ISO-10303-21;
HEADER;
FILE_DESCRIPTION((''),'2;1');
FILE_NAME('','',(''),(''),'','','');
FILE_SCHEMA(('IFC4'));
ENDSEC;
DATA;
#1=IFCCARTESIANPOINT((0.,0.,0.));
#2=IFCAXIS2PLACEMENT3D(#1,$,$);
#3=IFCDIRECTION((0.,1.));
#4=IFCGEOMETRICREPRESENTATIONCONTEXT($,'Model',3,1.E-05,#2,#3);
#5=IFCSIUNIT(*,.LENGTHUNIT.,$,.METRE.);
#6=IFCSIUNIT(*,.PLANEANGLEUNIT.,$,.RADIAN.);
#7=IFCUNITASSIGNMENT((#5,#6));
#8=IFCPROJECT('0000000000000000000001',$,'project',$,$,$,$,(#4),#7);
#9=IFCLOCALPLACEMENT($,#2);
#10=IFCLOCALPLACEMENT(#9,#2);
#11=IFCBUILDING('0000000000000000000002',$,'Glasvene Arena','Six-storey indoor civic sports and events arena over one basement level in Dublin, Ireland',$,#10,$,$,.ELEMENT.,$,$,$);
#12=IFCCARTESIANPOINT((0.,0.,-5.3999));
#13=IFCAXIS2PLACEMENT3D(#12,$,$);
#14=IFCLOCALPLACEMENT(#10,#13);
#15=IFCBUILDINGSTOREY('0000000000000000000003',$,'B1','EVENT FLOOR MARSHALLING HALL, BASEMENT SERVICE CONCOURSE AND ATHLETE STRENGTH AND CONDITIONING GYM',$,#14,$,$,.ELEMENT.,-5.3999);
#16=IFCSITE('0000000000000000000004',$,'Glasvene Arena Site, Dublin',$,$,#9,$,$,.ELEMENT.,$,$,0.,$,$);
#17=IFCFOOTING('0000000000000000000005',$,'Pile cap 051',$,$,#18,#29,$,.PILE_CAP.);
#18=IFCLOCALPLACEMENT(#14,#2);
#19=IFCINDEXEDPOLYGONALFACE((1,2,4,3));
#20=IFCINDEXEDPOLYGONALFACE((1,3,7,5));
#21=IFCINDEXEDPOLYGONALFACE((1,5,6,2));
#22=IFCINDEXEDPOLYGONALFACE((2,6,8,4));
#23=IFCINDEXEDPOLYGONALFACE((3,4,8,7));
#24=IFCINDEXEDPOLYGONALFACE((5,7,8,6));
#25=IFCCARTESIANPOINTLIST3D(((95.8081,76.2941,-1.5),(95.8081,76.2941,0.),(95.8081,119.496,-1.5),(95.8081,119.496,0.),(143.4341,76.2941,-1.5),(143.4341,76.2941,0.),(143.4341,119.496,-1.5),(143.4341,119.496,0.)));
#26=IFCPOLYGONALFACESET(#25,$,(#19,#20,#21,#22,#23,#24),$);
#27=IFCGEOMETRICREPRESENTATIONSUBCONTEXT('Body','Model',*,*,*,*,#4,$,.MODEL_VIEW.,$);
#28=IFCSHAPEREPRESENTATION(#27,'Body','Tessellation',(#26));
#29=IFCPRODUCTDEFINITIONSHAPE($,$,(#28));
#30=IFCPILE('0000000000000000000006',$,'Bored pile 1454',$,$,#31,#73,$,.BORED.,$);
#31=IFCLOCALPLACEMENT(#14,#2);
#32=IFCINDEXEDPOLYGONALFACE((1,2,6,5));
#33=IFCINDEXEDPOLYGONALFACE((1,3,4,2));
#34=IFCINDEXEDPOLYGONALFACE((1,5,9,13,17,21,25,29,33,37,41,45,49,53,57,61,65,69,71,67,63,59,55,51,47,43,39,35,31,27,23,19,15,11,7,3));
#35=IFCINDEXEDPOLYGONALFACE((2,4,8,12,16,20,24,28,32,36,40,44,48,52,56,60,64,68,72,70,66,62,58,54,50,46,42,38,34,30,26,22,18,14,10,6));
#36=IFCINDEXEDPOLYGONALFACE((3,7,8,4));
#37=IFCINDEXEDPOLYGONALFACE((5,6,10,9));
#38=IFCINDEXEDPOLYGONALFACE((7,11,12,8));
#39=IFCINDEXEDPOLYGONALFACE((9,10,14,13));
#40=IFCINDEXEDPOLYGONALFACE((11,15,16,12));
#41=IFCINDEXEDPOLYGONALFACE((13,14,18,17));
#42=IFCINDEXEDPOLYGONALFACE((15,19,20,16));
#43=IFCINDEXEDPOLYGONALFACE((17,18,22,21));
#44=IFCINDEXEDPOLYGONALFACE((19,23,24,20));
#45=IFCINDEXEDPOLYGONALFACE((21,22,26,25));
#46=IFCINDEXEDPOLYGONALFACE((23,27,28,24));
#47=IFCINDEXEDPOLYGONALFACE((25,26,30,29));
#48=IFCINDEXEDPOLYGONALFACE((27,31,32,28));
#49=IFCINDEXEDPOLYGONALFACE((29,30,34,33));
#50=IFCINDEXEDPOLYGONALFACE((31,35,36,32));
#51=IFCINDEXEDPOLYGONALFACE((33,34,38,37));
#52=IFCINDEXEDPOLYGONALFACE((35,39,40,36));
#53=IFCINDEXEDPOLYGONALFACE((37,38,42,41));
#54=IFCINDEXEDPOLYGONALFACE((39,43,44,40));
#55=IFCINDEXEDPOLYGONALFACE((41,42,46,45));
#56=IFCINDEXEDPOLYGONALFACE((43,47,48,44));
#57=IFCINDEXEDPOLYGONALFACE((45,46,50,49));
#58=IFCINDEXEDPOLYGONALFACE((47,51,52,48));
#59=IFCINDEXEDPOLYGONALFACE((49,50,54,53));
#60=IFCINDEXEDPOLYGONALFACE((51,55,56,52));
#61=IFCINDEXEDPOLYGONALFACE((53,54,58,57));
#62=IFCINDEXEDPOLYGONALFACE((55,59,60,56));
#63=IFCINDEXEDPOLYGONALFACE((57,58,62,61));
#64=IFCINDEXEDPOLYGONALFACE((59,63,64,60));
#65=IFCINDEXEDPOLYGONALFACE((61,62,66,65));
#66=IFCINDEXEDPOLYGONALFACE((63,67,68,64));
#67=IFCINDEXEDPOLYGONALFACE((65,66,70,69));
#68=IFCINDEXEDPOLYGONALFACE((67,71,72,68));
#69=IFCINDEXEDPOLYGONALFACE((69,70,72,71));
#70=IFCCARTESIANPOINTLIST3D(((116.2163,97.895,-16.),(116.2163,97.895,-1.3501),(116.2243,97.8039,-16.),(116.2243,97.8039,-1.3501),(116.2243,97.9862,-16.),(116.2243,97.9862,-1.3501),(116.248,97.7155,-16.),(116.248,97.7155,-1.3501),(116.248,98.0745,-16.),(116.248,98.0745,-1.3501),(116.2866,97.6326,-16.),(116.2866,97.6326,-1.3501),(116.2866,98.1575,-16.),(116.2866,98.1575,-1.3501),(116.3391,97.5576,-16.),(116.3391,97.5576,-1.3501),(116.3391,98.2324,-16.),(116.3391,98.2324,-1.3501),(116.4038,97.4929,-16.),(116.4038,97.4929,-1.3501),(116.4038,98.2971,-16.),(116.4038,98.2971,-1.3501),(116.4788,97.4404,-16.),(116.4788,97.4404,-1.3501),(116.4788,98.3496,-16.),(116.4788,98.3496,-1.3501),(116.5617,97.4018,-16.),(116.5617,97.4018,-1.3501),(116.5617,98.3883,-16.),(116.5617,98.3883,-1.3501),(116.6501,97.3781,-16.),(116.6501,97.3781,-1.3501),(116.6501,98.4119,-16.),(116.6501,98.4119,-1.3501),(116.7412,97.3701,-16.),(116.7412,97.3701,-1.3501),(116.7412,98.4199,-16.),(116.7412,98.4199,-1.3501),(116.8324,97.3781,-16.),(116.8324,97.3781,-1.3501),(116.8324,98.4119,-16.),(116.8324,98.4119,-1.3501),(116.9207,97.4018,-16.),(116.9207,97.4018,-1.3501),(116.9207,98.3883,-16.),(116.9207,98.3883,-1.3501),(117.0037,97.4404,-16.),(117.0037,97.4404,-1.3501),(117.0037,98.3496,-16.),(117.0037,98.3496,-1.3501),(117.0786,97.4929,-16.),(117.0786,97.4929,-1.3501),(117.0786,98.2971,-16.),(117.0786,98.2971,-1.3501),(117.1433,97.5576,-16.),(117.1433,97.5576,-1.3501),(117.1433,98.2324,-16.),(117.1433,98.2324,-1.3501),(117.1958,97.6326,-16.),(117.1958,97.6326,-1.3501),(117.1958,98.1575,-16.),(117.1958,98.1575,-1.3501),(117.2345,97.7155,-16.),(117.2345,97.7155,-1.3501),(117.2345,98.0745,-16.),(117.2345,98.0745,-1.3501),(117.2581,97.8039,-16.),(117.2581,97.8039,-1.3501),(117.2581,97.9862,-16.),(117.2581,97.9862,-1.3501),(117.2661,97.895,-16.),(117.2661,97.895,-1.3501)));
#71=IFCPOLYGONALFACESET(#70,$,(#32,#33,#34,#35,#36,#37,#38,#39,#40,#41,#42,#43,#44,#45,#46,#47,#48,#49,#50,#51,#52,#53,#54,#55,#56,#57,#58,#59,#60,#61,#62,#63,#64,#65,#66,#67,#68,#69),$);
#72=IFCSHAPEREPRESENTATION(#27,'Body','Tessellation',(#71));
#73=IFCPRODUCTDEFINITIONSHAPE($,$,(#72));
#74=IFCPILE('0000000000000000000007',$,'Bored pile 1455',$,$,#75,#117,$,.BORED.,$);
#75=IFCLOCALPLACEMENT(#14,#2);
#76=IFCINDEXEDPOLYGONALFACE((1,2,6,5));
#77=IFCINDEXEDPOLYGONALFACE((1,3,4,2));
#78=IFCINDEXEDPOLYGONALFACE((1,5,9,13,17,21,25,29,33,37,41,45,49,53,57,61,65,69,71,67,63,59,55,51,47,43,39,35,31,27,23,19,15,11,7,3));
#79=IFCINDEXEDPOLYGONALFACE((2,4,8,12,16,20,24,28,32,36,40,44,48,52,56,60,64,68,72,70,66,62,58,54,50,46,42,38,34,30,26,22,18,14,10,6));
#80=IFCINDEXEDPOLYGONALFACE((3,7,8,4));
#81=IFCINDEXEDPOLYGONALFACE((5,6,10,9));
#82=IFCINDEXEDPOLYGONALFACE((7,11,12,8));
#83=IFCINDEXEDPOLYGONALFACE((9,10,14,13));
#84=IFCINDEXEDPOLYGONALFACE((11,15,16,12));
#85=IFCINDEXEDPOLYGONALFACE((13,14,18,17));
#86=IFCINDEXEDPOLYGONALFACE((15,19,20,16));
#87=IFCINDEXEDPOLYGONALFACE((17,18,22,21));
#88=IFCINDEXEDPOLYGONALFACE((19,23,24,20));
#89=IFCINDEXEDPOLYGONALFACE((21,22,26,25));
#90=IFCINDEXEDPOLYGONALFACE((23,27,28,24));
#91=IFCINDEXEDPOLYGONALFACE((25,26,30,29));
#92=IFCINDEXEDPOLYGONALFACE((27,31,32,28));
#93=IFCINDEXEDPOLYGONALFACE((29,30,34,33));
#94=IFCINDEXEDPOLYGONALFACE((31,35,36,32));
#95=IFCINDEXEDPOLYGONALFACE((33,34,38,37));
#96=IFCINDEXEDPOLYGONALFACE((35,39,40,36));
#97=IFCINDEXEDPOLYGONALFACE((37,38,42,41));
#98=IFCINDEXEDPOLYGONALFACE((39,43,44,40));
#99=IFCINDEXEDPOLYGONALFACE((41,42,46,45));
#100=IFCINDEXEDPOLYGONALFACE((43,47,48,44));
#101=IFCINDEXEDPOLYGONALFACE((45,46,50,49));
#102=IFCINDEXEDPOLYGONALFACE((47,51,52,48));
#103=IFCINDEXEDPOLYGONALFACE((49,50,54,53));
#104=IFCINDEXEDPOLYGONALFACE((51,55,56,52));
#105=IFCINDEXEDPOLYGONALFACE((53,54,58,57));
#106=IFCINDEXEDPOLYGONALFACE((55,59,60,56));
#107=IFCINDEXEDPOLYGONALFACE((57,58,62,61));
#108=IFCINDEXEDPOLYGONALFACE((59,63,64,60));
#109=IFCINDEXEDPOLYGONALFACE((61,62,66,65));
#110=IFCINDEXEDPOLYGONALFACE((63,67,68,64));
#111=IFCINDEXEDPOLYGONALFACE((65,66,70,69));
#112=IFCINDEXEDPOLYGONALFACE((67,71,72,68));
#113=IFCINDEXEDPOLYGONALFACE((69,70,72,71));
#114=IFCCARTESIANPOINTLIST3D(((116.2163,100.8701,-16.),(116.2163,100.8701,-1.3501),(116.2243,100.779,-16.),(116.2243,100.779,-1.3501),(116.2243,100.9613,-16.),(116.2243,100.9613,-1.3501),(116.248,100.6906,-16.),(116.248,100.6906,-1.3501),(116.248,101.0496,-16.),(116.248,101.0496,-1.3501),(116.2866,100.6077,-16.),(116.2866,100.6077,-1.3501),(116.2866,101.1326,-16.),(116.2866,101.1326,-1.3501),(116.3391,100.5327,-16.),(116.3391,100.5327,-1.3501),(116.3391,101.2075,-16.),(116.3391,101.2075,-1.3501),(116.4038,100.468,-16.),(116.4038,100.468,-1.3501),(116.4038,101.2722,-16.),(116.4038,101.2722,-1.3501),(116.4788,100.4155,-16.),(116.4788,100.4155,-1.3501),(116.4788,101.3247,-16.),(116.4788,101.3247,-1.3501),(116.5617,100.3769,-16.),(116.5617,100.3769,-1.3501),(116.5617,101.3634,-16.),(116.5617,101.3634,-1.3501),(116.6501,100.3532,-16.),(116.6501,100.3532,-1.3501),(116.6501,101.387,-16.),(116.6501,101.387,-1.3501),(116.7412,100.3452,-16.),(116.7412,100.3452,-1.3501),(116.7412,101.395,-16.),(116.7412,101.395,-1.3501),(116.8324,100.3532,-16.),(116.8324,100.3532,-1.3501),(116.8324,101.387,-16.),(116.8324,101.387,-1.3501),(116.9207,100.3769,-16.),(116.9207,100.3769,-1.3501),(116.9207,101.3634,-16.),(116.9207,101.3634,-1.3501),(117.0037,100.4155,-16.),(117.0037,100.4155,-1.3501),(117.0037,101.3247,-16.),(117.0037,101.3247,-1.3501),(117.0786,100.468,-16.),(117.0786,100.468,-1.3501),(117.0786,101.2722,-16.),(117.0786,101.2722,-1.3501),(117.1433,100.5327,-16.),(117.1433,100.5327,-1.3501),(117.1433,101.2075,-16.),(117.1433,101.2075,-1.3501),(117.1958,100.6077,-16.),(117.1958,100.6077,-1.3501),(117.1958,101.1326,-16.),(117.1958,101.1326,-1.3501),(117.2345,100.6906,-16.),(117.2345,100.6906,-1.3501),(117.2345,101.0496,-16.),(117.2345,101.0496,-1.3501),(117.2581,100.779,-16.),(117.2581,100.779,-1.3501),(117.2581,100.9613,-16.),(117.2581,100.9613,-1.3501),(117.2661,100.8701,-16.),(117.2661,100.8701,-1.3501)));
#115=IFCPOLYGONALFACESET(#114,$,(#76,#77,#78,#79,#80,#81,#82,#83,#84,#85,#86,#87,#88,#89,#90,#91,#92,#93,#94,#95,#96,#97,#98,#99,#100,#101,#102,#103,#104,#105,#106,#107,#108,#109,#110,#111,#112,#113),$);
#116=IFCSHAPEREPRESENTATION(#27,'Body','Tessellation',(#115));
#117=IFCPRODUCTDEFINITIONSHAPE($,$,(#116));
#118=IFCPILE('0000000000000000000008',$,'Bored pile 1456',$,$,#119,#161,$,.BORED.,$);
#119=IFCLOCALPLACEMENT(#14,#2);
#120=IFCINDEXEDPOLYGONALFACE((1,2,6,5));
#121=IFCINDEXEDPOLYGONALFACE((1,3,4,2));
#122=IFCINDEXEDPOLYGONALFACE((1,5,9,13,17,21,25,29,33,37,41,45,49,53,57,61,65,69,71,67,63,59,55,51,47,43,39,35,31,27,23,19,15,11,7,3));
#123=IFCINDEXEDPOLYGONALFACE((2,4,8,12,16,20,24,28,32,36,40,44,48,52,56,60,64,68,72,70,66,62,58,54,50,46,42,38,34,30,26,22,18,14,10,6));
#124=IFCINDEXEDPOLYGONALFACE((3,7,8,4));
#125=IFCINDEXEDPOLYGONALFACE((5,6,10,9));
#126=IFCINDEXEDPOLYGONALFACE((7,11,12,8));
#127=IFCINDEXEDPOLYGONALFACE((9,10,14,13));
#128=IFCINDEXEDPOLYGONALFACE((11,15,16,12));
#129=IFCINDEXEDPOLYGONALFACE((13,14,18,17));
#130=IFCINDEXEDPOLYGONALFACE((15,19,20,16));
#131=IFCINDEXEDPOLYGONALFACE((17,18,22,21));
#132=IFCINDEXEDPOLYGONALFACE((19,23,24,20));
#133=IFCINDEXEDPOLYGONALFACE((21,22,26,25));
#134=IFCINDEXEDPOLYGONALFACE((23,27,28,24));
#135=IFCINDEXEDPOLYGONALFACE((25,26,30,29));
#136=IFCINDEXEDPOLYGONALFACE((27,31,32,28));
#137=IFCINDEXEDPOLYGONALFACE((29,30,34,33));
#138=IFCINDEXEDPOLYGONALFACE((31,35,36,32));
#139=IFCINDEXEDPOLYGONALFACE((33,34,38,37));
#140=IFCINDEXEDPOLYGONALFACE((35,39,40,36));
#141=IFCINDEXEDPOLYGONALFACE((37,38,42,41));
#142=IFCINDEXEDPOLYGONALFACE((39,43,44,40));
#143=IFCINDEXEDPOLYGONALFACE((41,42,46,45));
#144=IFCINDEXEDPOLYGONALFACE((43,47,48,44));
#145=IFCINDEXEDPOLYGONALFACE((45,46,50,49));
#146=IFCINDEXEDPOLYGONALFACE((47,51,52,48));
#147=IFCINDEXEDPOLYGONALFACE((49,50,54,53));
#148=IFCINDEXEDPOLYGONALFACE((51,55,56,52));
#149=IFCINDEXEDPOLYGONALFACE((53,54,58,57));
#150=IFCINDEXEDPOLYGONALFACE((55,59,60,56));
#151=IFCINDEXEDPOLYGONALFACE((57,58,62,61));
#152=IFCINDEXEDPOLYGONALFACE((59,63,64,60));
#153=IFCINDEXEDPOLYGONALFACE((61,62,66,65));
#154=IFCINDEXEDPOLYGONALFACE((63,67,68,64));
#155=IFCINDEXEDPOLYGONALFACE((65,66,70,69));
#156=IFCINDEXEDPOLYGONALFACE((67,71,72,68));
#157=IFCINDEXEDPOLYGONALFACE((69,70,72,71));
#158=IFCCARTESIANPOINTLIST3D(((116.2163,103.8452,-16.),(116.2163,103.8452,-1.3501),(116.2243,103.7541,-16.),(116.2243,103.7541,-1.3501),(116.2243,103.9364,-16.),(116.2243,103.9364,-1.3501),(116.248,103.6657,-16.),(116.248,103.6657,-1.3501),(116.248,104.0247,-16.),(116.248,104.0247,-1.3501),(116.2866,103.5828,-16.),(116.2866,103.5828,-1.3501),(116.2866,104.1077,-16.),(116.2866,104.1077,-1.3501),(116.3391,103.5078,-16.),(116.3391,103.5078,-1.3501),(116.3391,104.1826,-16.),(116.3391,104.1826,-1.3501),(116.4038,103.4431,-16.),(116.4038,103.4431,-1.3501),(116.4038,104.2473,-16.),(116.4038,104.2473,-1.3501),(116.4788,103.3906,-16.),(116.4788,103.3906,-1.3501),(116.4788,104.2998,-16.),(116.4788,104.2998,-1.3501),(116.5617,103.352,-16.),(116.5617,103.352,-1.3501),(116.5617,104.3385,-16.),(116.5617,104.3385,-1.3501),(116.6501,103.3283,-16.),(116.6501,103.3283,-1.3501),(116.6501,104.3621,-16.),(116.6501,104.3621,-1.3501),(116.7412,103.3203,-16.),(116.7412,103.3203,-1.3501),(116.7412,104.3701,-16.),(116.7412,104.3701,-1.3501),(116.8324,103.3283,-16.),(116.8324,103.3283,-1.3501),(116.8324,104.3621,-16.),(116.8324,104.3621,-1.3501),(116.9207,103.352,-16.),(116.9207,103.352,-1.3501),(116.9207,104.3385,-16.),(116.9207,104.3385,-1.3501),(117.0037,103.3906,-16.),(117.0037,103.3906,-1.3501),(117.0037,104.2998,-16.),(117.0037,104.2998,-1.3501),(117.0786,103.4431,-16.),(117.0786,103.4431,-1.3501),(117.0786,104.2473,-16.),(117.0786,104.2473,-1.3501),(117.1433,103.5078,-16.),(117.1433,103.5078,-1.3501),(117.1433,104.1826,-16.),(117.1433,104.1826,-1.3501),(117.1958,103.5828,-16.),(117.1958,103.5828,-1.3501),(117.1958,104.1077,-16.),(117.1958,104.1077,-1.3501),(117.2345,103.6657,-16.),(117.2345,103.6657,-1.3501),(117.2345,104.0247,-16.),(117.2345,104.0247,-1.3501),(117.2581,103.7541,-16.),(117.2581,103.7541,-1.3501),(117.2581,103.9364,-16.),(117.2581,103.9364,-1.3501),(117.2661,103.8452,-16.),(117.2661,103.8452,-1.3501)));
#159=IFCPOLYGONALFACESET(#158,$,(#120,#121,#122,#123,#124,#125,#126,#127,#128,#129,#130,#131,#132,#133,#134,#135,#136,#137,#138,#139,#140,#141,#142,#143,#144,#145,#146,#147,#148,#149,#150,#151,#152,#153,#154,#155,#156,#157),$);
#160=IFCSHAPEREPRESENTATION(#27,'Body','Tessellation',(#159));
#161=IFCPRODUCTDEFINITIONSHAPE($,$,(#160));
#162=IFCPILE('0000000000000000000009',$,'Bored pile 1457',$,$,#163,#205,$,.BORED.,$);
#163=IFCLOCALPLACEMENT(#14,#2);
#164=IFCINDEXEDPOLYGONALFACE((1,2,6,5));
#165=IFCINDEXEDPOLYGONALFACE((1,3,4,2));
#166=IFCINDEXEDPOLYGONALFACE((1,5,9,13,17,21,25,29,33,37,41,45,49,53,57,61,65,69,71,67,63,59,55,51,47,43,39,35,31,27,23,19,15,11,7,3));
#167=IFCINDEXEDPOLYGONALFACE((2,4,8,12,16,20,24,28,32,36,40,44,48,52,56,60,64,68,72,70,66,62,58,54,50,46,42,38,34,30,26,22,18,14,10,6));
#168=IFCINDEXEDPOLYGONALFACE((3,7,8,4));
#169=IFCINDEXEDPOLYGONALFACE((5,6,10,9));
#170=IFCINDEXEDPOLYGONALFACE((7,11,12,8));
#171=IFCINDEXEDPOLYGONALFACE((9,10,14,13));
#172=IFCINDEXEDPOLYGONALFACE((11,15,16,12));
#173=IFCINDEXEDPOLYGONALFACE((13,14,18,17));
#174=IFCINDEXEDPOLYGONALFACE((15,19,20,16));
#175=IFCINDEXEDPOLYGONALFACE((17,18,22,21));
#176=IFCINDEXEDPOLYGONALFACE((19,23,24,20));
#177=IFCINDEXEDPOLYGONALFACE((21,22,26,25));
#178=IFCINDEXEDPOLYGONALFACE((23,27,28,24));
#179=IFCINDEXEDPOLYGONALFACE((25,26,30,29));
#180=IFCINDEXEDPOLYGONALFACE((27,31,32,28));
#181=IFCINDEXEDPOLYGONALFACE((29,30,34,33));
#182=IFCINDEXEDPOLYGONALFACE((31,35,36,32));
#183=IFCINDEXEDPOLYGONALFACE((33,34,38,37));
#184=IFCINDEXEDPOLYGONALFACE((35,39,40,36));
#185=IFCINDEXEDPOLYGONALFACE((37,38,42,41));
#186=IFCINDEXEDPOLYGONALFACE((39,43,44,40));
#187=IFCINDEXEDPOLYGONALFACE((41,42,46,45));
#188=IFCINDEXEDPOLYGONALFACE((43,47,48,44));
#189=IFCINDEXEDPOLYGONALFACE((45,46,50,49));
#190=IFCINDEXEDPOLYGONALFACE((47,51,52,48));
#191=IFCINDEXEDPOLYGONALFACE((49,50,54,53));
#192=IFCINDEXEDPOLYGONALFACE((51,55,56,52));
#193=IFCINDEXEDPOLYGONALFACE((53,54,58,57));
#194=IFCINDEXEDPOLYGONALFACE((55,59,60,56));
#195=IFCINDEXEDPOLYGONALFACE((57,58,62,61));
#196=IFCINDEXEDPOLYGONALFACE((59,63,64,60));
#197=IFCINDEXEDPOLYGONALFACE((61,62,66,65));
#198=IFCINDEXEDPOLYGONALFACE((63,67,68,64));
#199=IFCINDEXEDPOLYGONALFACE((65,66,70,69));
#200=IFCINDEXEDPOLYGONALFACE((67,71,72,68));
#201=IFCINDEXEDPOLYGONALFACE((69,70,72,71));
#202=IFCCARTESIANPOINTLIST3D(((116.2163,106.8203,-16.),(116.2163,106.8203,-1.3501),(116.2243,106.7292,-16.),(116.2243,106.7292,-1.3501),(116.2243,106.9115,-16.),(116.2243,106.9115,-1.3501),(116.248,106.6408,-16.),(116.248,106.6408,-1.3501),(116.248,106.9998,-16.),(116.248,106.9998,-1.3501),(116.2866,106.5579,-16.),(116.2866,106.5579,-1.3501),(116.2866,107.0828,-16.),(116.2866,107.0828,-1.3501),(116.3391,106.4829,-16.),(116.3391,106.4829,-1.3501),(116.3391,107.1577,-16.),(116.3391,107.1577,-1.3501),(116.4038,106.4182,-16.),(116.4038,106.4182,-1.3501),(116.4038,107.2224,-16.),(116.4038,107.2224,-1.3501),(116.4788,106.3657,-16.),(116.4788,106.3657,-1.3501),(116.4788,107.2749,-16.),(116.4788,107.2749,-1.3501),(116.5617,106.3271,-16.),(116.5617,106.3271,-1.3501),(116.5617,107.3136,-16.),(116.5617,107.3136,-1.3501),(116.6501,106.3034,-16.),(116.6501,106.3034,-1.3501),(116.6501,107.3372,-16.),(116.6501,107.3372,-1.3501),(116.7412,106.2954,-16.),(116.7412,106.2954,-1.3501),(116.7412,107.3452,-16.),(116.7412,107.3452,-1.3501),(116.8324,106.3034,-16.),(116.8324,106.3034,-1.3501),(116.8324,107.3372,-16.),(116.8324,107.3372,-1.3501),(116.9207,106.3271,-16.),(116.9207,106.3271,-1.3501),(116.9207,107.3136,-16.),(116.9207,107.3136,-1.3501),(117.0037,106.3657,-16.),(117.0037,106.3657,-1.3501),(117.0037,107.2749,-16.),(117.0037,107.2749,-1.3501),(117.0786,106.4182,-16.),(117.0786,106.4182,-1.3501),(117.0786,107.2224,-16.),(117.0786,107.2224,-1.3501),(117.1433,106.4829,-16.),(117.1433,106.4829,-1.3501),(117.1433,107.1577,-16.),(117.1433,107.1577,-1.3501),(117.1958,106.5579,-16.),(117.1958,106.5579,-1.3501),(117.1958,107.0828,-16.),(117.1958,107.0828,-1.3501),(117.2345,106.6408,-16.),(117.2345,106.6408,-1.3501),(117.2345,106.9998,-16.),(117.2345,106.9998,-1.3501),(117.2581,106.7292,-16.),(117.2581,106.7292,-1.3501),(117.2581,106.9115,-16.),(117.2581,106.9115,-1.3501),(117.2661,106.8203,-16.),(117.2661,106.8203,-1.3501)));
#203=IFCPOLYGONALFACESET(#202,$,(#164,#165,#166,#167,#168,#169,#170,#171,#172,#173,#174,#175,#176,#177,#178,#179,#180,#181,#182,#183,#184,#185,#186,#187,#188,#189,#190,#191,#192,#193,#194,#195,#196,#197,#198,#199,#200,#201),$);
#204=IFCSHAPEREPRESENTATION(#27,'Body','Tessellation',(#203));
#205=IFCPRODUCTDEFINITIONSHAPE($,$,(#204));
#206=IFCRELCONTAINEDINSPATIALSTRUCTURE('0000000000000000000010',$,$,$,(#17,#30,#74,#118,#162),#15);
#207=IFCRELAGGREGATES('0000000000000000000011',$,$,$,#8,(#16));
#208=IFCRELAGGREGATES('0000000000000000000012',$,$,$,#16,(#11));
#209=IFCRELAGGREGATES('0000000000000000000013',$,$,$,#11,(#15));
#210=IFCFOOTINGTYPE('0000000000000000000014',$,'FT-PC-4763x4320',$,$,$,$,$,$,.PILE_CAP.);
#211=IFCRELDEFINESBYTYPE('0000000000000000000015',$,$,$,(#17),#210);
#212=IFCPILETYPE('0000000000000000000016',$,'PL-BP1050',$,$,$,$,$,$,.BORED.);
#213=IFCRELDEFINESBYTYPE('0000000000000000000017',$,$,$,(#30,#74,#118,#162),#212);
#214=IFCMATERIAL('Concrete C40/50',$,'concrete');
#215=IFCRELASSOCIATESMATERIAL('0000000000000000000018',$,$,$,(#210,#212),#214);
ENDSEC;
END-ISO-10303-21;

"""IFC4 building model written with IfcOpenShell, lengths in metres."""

from ifc_helpers import new_model, si_unit, direction, frame, origin, origin_2d, place, context, subcontext, project, spatial, rectangle, circle, extrude, material, material_profile, profile_set, type_object, element, save


model = new_model("IFC4")

# Units and contexts
model_context = context("Model", 3, precision=1e-05, world=origin(), true_north=direction((0.0, 1.0)))
body_context = subcontext(model_context, "Body", "Model", "MODEL_VIEW")
ifc_project = project(units=[si_unit("LENGTHUNIT", "METRE"), si_unit("PLANEANGLEUNIT", "RADIAN")], contexts=[model_context])

# Site, building, storey
site_placement = place(None, origin())
site = spatial("IfcSite", under=ifc_project, at=site_placement, Name="Glasvene Arena Site, Dublin", CompositionType="ELEMENT", RefElevation=0.0)
building_placement = place(site_placement, origin())
building = spatial("IfcBuilding", under=site, at=building_placement, Name="Glasvene Arena", Description="Six-storey indoor civic sports and events arena over one basement level in Dublin, Ireland", CompositionType="ELEMENT")
storey_placement = place(building_placement, frame((0.0, 0.0, -5.3999)))
storey = spatial("IfcBuildingStorey", under=building, at=storey_placement, Name="B1", Description="EVENT FLOOR MARSHALLING HALL, BASEMENT SERVICE CONCOURSE AND ATHLETE STRENGTH AND CONDITIONING GYM", CompositionType="ELEMENT", Elevation=-5.3999)

# Footing
ifc_material_1 = material(Name="Concrete C40/50", Category="concrete")
footing_type = type_object("IfcFootingType", Name="FT-PC-4763x4320", PredefinedType="PILE_CAP", material=ifc_material_1)
footing_placement = place(storey_placement, frame((119.6211, 97.895, -1.5), z_axis=(0.0, 0.0, 1.0), x_axis=(1.0, 0.0, 0.0)))
element("IfcFooting", 1, at=footing_placement, inside=storey, type_object=footing_type, Name="Pile cap 051", PredefinedType="PILE_CAP", context=body_context, shape_type="SweptSolid", body=[
    extrude(rectangle(XDim=47.626, YDim=43.2019, at=origin_2d()), origin(), (0.0, 0.0, 1.0), 1.5),
])

# Piles
ifc_material_profile_1 = material_profile(ifc_material_1, circle(Radius=0.5249, at=origin_2d()), Name="BORED PILE 1050")
ifc_profile_set_1 = profile_set([ifc_material_profile_1], Name="Concrete C40/50")
pile_type = type_object("IfcPileType", Name="PL-BP1050", PredefinedType="BORED", material=ifc_profile_set_1)
for number, where, z_axis, x_axis, name in (
    (2, (116.7412, 97.895, -1.3501), (0.0, 0.0, -1.0), (1.0, 0.0, 0.0), "Bored pile 1454"),
    (3, (116.7412, 100.8701, -1.3501), (0.0, 0.0, -1.0), (1.0, 0.0, 0.0), "Bored pile 1455"),
    (4, (116.7412, 103.8452, -1.3501), (0.0, 0.0, -1.0), (1.0, 0.0, 0.0), "Bored pile 1456"),
    (5, (116.7412, 106.8203, -1.3501), (0.0, 0.0, -1.0), (1.0, 0.0, 0.0), "Bored pile 1457"),
):
    element("IfcPile", number, at=place(storey_placement, frame(where, z_axis=z_axis, x_axis=x_axis)), inside=storey, type_object=pile_type, Name=name, PredefinedType="BORED", context=body_context, shape_type="SweptSolid", body=[
        extrude(circle(Radius=0.5249, at=origin_2d()), origin(), (0.0, 0.0, 1.0), 14.6499),
    ])

save(model, "model.ifc")
